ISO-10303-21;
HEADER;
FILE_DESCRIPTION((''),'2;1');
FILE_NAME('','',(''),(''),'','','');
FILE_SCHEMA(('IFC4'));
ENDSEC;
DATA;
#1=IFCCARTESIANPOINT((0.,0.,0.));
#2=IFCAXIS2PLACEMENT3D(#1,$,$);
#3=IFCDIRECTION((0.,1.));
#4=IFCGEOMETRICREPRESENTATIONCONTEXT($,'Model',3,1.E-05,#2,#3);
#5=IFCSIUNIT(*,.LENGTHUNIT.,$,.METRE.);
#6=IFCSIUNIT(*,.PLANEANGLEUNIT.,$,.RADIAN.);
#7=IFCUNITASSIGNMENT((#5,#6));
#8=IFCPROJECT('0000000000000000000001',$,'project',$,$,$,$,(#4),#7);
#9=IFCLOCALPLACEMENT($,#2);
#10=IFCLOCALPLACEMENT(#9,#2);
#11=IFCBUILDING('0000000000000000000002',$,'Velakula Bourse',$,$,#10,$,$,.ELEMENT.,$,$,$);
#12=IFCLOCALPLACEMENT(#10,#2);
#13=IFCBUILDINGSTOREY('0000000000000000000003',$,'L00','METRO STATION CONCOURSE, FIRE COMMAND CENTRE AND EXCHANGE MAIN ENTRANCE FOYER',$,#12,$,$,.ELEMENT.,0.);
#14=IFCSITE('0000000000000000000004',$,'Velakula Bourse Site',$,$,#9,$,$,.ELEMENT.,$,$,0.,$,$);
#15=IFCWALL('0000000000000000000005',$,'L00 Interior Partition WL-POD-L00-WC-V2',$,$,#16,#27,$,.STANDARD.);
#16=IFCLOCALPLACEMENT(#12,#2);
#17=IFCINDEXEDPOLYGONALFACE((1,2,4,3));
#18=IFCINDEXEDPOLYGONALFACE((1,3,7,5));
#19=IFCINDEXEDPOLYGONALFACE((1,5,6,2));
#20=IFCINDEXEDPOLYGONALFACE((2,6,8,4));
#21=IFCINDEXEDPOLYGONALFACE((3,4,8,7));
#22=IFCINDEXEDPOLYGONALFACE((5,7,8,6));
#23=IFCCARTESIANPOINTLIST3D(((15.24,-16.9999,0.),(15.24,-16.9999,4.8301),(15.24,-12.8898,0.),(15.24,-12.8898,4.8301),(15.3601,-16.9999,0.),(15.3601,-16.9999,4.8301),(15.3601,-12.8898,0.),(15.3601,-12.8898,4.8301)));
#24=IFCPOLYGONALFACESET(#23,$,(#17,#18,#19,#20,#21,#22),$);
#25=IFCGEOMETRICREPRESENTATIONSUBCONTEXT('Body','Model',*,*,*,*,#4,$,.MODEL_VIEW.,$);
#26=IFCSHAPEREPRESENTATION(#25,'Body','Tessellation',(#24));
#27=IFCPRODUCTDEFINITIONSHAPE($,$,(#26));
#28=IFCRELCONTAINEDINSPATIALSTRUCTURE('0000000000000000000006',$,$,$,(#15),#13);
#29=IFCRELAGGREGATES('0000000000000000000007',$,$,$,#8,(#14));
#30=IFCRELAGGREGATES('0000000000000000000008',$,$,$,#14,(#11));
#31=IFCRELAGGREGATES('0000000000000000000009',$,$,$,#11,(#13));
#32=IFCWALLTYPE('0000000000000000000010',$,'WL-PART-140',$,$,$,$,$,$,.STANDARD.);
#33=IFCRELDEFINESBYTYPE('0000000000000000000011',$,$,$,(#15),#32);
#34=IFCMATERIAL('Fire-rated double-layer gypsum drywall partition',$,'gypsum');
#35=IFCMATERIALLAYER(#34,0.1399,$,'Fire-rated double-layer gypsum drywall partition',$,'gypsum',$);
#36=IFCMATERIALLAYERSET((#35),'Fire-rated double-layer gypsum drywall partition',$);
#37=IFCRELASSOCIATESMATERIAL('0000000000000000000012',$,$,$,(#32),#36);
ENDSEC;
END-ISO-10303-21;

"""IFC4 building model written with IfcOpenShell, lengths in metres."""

from ifc_helpers import new_model, si_unit, direction, frame, frame_2d, origin, place, context, subcontext, project, spatial, rectangle, extrude, material, layer, layer_set, type_object, element, save


model = new_model("IFC4")

# Units and contexts
model_context = context("Model", 3, precision=1e-05, world=origin(), true_north=direction((0.0, 1.0)))
body_context = subcontext(model_context, "Body", "Model", "MODEL_VIEW")
ifc_project = project(units=[si_unit("LENGTHUNIT", "METRE"), si_unit("PLANEANGLEUNIT", "RADIAN")], contexts=[model_context])

# Site, building, storey
site_placement = place(None, origin())
site = spatial("IfcSite", under=ifc_project, at=site_placement, Name="Velakula Bourse Site", CompositionType="ELEMENT", RefElevation=0.0)
building_placement = place(site_placement, origin())
building = spatial("IfcBuilding", under=site, at=building_placement, Name="Velakula Bourse", CompositionType="ELEMENT")
storey_placement = place(building_placement, origin())
storey = spatial("IfcBuildingStorey", under=building, at=storey_placement, Name="L00", Description="METRO STATION CONCOURSE, FIRE COMMAND CENTRE AND EXCHANGE MAIN ENTRANCE FOYER", CompositionType="ELEMENT", Elevation=0.0)

# Shared definitions
ifc_material_1 = material(Name="Fire-rated double-layer gypsum drywall partition", Category="gypsum")
ifc_layer_1 = layer(ifc_material_1, 0.1399, Name="Fire-rated double-layer gypsum drywall partition", Category="gypsum")
ifc_layer_set_1 = layer_set([ifc_layer_1], Name="Fire-rated double-layer gypsum drywall partition")
wall_type_1 = type_object("IfcWallType", Name="WL-PART-140", PredefinedType="STANDARD", material=ifc_layer_set_1)

# Wall
for number, where, z_axis, x_axis, name in (
    (1, (15.3, -17.0, 0.0), (0.0, 0.0, 1.0), (0.0, 1.0, 0.0), "L00 Interior Partition WL-POD-L00-WC-V2"),
):
    element("IfcWall", number, at=place(storey_placement, frame(where, z_axis=z_axis, x_axis=x_axis)), inside=storey, type_object=wall_type_1, Name=name, PredefinedType="STANDARD", context=body_context, shape_type="SweptSolid", body=[
        extrude(rectangle(XDim=4.1101, YDim=0.1201, at=frame_2d((2.0552, 0.0))), origin(), (0.0, 0.0, 1.0), 4.8301),
    ])

save(model, "model.ifc")
